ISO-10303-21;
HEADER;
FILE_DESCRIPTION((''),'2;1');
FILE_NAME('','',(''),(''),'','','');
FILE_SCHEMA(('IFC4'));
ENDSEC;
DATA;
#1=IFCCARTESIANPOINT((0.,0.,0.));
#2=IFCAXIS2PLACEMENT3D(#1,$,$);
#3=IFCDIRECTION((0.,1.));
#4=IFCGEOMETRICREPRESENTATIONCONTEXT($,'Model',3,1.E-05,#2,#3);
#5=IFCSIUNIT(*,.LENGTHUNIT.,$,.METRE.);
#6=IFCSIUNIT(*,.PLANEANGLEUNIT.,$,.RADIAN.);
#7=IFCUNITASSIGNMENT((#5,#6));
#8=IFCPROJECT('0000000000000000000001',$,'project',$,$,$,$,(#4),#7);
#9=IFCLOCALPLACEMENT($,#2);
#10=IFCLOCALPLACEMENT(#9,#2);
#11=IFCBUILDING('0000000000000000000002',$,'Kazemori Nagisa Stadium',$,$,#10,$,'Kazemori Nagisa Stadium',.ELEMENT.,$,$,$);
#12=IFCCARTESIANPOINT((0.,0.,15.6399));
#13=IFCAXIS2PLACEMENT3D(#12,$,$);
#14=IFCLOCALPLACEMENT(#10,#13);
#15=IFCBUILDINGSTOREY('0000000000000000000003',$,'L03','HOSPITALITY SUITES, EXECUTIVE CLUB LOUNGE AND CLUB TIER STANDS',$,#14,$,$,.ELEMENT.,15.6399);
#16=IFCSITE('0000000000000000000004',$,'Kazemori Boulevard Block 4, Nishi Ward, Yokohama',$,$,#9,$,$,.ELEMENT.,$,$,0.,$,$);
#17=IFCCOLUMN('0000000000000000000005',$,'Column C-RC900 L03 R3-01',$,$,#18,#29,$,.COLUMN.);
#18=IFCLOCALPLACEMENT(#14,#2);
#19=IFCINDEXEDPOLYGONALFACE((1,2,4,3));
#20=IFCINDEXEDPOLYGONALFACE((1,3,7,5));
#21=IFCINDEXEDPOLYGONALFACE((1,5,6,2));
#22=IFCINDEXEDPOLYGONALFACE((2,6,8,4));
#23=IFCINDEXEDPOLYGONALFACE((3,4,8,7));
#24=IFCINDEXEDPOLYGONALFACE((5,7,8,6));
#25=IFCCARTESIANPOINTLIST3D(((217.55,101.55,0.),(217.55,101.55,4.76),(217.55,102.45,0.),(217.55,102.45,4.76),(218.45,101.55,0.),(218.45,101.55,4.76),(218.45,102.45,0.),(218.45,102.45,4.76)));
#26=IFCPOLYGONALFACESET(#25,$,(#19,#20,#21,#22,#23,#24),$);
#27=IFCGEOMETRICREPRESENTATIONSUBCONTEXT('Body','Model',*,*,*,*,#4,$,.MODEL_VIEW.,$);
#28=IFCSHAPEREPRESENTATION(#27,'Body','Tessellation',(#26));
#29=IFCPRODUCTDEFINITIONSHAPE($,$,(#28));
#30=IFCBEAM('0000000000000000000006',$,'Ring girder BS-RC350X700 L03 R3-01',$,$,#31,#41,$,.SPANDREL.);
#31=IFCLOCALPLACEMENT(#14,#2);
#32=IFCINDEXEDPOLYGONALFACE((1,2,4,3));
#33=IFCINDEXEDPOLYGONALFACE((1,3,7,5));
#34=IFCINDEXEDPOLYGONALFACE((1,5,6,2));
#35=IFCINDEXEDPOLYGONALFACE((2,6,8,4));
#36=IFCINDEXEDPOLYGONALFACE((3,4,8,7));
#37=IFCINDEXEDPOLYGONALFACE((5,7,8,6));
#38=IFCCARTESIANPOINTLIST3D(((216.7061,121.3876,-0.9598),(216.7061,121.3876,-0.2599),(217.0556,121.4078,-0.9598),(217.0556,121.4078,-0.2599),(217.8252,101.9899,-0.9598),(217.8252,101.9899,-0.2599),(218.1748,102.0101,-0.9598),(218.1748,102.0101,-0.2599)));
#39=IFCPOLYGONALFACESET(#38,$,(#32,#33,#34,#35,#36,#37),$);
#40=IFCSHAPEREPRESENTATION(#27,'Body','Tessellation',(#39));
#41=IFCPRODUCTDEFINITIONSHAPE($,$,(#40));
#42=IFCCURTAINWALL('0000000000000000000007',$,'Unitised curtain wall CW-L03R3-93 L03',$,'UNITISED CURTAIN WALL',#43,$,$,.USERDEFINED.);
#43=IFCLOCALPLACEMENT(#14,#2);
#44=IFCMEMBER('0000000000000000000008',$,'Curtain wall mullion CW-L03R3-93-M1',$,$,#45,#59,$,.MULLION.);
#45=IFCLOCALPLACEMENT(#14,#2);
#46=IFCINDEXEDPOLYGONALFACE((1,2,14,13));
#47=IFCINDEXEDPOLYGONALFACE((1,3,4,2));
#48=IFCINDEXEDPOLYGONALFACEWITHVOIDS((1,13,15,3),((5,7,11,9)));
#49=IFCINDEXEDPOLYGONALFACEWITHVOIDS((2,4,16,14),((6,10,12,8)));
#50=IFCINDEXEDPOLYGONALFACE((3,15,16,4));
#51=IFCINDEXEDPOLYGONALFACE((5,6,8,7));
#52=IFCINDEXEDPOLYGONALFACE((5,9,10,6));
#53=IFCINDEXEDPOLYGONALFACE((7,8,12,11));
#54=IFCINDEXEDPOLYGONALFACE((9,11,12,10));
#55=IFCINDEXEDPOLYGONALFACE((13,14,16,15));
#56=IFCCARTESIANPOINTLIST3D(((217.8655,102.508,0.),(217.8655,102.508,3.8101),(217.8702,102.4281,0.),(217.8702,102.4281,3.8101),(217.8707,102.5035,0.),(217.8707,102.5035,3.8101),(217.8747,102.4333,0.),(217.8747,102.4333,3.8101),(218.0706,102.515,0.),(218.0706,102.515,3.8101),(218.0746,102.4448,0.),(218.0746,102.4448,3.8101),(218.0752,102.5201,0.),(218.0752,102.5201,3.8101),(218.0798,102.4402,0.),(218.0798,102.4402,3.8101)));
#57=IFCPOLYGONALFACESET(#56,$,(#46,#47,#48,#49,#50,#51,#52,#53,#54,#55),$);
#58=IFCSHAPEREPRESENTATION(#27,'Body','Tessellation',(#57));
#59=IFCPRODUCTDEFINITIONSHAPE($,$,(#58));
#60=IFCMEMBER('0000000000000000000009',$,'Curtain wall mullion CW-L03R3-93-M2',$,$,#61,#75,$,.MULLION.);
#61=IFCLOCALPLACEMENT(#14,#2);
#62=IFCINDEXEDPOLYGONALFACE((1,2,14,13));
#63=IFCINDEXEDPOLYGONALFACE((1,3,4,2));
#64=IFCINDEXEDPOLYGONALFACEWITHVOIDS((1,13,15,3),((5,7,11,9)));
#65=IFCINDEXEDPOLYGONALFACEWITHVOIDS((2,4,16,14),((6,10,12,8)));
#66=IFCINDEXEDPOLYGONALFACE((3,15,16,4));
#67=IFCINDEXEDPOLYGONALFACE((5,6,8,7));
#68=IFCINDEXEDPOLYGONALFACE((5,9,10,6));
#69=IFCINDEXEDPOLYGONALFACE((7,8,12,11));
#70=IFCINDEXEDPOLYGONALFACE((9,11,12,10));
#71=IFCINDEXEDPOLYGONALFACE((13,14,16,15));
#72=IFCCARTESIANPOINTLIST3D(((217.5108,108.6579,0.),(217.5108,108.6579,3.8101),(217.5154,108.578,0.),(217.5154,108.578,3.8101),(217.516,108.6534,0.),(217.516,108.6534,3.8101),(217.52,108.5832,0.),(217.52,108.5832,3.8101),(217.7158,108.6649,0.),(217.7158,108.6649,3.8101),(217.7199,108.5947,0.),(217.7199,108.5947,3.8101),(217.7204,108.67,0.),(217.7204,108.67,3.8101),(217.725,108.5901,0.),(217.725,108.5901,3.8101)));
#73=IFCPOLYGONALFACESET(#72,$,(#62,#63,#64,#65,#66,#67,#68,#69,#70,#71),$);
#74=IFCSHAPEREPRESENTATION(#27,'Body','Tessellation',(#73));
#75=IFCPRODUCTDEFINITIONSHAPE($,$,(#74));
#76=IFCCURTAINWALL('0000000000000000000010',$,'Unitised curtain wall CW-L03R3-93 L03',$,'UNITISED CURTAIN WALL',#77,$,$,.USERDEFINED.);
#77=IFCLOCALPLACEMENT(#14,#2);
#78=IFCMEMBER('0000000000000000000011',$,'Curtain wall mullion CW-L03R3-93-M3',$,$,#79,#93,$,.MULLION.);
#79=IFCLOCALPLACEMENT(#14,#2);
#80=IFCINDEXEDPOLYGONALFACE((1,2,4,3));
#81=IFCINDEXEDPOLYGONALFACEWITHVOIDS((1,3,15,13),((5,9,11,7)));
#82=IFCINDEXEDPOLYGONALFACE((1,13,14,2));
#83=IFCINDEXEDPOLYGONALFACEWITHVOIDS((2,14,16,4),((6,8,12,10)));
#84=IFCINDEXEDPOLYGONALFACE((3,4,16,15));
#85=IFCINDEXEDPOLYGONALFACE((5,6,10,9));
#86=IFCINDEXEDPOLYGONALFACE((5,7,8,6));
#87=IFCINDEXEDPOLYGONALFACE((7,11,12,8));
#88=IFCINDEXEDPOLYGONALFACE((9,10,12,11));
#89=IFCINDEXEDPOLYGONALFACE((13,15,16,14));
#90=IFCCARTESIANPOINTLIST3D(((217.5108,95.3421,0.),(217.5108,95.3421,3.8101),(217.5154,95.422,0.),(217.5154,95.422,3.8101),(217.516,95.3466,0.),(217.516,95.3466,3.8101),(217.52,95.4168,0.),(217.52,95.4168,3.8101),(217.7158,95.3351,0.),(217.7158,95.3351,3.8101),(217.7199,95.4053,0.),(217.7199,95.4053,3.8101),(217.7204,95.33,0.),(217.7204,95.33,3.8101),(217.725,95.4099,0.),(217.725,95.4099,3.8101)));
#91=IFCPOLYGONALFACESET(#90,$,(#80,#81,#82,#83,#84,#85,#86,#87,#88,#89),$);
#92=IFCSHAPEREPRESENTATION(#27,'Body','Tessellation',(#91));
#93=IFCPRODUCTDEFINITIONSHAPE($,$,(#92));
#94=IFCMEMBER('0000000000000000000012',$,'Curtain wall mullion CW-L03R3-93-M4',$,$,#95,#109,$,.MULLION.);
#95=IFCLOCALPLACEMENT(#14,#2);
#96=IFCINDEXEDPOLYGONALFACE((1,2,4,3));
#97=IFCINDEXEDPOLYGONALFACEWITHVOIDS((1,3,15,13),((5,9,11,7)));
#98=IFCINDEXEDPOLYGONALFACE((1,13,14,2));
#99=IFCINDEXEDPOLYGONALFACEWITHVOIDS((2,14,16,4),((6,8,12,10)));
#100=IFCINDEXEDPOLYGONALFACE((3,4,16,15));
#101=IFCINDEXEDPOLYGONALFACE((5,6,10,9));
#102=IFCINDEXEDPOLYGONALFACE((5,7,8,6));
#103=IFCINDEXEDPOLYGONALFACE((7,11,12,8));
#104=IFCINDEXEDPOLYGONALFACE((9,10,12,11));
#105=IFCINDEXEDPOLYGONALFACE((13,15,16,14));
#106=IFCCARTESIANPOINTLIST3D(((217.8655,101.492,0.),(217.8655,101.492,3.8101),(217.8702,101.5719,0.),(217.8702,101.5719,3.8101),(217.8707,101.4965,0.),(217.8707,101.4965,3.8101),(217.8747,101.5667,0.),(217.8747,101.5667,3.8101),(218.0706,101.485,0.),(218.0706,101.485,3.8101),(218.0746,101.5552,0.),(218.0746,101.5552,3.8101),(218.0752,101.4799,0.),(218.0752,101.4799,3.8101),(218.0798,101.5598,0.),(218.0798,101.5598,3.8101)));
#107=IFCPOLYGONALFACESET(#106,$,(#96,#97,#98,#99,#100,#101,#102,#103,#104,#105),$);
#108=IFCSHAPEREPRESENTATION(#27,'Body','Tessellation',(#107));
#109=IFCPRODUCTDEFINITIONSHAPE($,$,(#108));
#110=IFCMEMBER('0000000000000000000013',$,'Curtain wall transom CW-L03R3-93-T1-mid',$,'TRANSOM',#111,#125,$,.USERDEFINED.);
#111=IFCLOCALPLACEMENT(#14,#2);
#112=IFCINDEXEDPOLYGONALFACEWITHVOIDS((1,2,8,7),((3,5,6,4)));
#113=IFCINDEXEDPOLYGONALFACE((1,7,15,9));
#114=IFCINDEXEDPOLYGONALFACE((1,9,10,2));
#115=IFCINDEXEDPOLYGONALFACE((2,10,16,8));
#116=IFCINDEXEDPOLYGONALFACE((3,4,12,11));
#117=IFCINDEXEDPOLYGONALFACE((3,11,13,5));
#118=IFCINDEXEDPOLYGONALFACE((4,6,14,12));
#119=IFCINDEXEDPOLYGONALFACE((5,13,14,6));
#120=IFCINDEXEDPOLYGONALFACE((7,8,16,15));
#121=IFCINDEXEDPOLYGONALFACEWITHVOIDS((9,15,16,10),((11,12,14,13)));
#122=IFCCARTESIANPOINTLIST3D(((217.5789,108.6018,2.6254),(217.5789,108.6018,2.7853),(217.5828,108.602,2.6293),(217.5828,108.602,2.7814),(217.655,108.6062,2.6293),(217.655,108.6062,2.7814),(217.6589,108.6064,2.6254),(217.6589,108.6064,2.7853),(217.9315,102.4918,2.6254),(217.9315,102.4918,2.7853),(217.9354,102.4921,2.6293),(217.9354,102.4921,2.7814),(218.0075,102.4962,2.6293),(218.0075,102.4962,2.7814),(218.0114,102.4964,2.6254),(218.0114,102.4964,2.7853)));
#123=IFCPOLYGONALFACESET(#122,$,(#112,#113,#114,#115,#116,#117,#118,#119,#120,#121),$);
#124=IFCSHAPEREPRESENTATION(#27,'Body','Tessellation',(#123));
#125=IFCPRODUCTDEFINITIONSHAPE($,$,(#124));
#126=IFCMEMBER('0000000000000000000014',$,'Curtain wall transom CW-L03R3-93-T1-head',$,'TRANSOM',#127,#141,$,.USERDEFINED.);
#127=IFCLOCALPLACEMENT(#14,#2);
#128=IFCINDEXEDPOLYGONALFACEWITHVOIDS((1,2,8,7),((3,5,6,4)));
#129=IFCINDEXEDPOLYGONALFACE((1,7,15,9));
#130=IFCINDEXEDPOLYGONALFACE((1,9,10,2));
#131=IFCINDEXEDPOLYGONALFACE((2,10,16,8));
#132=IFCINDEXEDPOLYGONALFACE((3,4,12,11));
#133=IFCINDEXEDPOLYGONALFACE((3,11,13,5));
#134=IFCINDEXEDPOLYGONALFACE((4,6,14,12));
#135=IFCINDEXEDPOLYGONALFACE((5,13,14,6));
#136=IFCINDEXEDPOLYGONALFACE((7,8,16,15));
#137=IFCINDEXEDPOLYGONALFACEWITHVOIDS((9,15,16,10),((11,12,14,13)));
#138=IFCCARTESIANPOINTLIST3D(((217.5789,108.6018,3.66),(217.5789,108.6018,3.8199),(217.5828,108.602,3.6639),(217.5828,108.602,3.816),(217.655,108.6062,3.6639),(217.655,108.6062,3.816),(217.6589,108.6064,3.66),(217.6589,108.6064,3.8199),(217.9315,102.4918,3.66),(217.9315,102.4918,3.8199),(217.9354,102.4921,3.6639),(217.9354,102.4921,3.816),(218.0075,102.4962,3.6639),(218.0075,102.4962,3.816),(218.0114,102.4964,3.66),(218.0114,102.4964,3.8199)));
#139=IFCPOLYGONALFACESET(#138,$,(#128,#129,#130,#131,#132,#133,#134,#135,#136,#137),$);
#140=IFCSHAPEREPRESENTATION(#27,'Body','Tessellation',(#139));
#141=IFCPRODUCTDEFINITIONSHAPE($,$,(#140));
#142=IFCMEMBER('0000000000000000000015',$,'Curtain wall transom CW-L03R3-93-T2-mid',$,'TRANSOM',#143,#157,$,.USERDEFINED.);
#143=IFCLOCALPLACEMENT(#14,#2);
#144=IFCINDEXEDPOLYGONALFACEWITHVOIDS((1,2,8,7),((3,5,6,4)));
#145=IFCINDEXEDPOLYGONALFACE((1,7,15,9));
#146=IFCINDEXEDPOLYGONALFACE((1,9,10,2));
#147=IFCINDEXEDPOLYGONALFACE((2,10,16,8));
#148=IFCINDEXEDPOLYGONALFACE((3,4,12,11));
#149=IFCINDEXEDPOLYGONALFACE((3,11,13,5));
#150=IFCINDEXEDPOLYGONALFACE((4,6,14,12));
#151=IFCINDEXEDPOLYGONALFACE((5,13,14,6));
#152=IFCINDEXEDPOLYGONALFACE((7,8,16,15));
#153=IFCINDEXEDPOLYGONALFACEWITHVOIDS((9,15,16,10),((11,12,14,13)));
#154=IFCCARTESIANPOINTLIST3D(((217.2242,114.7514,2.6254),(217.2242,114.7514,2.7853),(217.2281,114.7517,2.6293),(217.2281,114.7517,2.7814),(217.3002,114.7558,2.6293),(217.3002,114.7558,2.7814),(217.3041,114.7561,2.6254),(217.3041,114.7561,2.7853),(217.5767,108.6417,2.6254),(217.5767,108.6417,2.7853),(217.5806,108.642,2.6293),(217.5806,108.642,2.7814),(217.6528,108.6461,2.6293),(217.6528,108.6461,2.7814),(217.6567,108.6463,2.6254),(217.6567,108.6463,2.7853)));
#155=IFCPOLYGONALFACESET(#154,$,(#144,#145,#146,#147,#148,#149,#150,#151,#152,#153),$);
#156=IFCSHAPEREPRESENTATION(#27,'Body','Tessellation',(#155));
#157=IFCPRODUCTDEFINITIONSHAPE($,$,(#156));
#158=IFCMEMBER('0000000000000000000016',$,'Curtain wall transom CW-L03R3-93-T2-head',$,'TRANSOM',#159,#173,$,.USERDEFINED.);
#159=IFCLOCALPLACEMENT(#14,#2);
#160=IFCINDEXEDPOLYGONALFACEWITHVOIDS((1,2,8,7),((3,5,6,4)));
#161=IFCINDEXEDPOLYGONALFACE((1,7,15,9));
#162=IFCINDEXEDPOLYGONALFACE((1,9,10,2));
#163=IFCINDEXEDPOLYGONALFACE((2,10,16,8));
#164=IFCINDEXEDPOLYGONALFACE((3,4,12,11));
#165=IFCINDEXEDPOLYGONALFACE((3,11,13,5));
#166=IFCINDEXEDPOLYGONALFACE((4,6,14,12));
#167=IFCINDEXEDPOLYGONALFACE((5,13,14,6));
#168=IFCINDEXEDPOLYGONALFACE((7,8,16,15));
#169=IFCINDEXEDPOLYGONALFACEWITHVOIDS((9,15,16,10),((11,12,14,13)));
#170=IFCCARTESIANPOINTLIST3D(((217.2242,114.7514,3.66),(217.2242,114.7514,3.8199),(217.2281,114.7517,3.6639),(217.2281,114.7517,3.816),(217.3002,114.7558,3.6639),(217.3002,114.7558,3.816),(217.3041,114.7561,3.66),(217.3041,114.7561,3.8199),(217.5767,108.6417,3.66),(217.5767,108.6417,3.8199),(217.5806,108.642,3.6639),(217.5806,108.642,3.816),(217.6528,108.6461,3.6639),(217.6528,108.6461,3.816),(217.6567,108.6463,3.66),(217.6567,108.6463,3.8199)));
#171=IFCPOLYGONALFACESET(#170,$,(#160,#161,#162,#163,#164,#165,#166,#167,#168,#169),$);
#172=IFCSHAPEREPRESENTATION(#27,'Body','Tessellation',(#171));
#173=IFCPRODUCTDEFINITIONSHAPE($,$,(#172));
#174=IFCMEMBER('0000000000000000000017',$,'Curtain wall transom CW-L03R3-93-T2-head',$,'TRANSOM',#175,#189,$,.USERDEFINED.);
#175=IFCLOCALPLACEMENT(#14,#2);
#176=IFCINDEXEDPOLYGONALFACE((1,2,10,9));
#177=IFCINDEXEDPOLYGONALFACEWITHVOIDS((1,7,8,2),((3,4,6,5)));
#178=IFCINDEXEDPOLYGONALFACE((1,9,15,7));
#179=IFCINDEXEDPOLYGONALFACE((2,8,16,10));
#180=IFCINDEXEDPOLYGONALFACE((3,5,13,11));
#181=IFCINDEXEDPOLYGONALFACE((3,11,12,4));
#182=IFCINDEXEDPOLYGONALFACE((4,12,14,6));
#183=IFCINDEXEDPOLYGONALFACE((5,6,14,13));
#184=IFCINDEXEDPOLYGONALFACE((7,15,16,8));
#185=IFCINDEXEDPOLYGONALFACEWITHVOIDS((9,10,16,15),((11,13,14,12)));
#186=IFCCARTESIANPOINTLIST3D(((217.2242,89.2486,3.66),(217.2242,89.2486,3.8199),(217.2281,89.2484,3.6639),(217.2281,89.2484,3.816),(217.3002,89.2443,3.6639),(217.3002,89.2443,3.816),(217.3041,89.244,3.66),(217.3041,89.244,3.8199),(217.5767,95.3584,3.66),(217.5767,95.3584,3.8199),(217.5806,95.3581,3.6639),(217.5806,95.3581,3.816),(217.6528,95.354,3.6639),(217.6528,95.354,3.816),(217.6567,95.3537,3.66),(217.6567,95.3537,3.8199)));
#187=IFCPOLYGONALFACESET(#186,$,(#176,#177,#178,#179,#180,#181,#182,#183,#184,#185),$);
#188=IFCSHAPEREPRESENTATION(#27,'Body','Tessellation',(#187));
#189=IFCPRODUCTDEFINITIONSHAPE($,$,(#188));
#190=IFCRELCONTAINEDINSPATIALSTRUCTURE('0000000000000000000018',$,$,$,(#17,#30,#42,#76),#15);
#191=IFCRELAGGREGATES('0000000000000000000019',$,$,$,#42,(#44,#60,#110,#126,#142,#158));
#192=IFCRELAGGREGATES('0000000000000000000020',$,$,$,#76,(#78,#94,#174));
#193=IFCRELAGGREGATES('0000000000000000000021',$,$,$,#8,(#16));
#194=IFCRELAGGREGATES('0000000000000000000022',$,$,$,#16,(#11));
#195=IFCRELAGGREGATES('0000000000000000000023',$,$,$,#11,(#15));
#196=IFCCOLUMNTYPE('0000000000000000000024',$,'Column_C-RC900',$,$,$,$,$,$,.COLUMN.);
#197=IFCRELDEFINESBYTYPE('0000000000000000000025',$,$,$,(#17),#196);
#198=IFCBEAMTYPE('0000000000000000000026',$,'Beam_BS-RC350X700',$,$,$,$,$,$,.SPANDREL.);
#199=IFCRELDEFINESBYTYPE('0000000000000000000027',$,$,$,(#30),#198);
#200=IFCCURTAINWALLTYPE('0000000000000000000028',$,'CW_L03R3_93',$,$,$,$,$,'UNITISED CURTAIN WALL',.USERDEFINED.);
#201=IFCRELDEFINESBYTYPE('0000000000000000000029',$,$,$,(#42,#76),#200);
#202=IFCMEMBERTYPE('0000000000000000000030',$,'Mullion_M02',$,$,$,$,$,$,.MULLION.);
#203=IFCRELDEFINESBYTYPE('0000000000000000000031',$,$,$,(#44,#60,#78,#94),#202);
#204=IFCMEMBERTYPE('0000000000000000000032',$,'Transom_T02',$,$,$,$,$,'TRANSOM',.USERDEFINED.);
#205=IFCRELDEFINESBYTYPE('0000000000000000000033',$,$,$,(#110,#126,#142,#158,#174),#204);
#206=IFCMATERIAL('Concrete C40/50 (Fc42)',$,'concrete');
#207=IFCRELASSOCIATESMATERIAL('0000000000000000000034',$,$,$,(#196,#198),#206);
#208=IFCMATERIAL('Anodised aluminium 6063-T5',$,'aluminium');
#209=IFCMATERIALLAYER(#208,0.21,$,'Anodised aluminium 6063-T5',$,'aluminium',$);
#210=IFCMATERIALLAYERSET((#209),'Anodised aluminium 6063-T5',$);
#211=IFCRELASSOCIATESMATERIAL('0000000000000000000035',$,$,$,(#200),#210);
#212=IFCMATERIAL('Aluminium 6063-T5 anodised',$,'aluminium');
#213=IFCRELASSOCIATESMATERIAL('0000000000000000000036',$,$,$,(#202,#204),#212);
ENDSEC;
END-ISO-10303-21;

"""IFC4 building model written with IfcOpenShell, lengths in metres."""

from ifc_helpers import new_model, si_unit, direction, frame, origin, origin_2d, place, context, subcontext, project, spatial, rectangle, hollow_rectangle, extrude, material, layer, layer_set, material_profile, profile_set, type_object, element, aggregate, save


model = new_model("IFC4")

# Units and contexts
model_context = context("Model", 3, precision=1e-05, world=origin(), true_north=direction((0.0, 1.0)))
body_context = subcontext(model_context, "Body", "Model", "MODEL_VIEW")
ifc_project = project(units=[si_unit("LENGTHUNIT", "METRE"), si_unit("PLANEANGLEUNIT", "RADIAN")], contexts=[model_context])

# Site, building, storey
site_placement = place(None, origin())
site = spatial("IfcSite", under=ifc_project, at=site_placement, Name="Kazemori Boulevard Block 4, Nishi Ward, Yokohama", CompositionType="ELEMENT", RefElevation=0.0)
building_placement = place(site_placement, origin())
building = spatial("IfcBuilding", under=site, at=building_placement, Name="Kazemori Nagisa Stadium", LongName="Kazemori Nagisa Stadium", CompositionType="ELEMENT")
storey_placement = place(building_placement, frame((0.0, 0.0, 15.6399)))
storey = spatial("IfcBuildingStorey", under=building, at=storey_placement, Name="L03", Description="HOSPITALITY SUITES, EXECUTIVE CLUB LOUNGE AND CLUB TIER STANDS", CompositionType="ELEMENT", Elevation=15.6399)

# Column
ifc_material_1 = material(Name="Concrete C40/50 (Fc42)", Category="concrete")
ifc_material_profile_1 = material_profile(ifc_material_1, rectangle(XDim=0.8999, YDim=0.8999, at=origin_2d()), Name="RC-COL-900x900")
ifc_profile_set_1 = profile_set([ifc_material_profile_1], Name="Concrete C40/50 (Fc42)")
column_type = type_object("IfcColumnType", Name="Column_C-RC900", PredefinedType="COLUMN", material=ifc_profile_set_1)
column_placement = place(storey_placement, frame((218.0, 102.0, 0.0), z_axis=(0.0, 0.0, 1.0), x_axis=(1.0, 0.0, 0.0)))
element("IfcColumn", 1, at=column_placement, inside=storey, type_object=column_type, Name="Column C-RC900 L03 R3-01", PredefinedType="COLUMN", context=body_context, shape_type="SweptSolid", body=[
    extrude(rectangle(XDim=0.8999, YDim=0.8999, at=origin_2d()), origin(), (0.0, 0.0, 1.0), 4.76),
])

# Beam
ifc_material_profile_2 = material_profile(ifc_material_1, rectangle(XDim=0.3501, YDim=0.7, at=origin_2d()), Name="RC-SP-350x700")
ifc_profile_set_2 = profile_set([ifc_material_profile_2], Name="Concrete C40/50 (Fc42)")
beam_type = type_object("IfcBeamType", Name="Beam_BS-RC350X700", PredefinedType="SPANDREL", material=ifc_profile_set_2)
beam_placement = place(storey_placement, frame((218.0, 102.0, -0.6099), z_axis=(-0.057599, 0.99834, 0.0), x_axis=(-0.99834, -0.057599, 0.0)))
element("IfcBeam", 2, at=beam_placement, inside=storey, type_object=beam_type, Name="Ring girder BS-RC350X700 L03 R3-01", PredefinedType="SPANDREL", context=body_context, shape_type="SweptSolid", body=[
    extrude(rectangle(XDim=0.3501, YDim=0.7, at=origin_2d()), origin(), (0.0, 0.0, 1.0), 19.4299),
])

# Curtain walls, members
ifc_material_2 = material(Name="Anodised aluminium 6063-T5", Category="aluminium")
ifc_layer_1 = layer(ifc_material_2, 0.21, Name="Anodised aluminium 6063-T5", Category="aluminium")
ifc_layer_set_1 = layer_set([ifc_layer_1], Name="Anodised aluminium 6063-T5")
curtain_wall_type = type_object("IfcCurtainWallType", Name="CW_L03R3_93", ElementType="UNITISED CURTAIN WALL", PredefinedType="USERDEFINED", material=ifc_layer_set_1)
curtain_wall_1_placement = place(storey_placement, origin())
curtain_wall_1 = element("IfcCurtainWall", 3, at=curtain_wall_1_placement, inside=storey, type_object=curtain_wall_type, Name="Unitised curtain wall CW-L03R3-93 L03", ObjectType="UNITISED CURTAIN WALL", PredefinedType="USERDEFINED")
ifc_material_3 = material(Name="Aluminium 6063-T5 anodised", Category="aluminium")
ifc_material_profile_3 = material_profile(ifc_material_3, hollow_rectangle(XDim=0.0801, YDim=0.21, WallThickness=0.0049, at=origin_2d()), Name="ALU-MULL-80x210x5")
ifc_profile_set_3 = profile_set([ifc_material_profile_3], Name="Aluminium 6063-T5 anodised")
member_type_1 = type_object("IfcMemberType", Name="Mullion_M02", PredefinedType="MULLION", material=ifc_profile_set_3)
member_1_placement = place(storey_placement, frame((217.9727, 102.4741, 0.0), z_axis=(0.0, 0.0, 1.0), x_axis=(-0.057602, 0.99834, 0.0)))
member_1 = element("IfcMember", 4, at=member_1_placement, type_object=member_type_1, Name="Curtain wall mullion CW-L03R3-93-M1", PredefinedType="MULLION", context=body_context, shape_type="SweptSolid", body=[
    extrude(hollow_rectangle(XDim=0.0801, YDim=0.21, WallThickness=0.0049, at=origin_2d()), origin(), (0.0, 0.0, 1.0), 3.8101),
])
member_2_placement = place(storey_placement, frame((217.6179, 108.624, 0.0), z_axis=(0.0, 0.0, 1.0), x_axis=(-0.057602, 0.99834, 0.0)))
member_2 = element("IfcMember", 5, at=member_2_placement, type_object=member_type_1, Name="Curtain wall mullion CW-L03R3-93-M2", PredefinedType="MULLION", context=body_context, shape_type="SweptSolid", body=[
    extrude(hollow_rectangle(XDim=0.0801, YDim=0.21, WallThickness=0.0049, at=origin_2d()), origin(), (0.0, 0.0, 1.0), 3.8101),
])
curtain_wall_2_placement = place(storey_placement, origin())
curtain_wall_2 = element("IfcCurtainWall", 6, at=curtain_wall_2_placement, inside=storey, type_object=curtain_wall_type, Name="Unitised curtain wall CW-L03R3-93 L03", ObjectType="UNITISED CURTAIN WALL", PredefinedType="USERDEFINED")
member_3_placement = place(storey_placement, frame((217.6179, 95.376, 0.0), z_axis=(0.0, 0.0, 1.0), x_axis=(0.057602, 0.99834, 0.0)))
member_3 = element("IfcMember", 7, at=member_3_placement, type_object=member_type_1, Name="Curtain wall mullion CW-L03R3-93-M3", PredefinedType="MULLION", context=body_context, shape_type="SweptSolid", body=[
    extrude(hollow_rectangle(XDim=0.0801, YDim=0.21, WallThickness=0.0049, at=origin_2d()), origin(), (0.0, 0.0, 1.0), 3.8101),
])
member_4_placement = place(storey_placement, frame((217.9727, 101.5259, 0.0), z_axis=(0.0, 0.0, 1.0), x_axis=(0.057602, 0.99834, 0.0)))
member_4 = element("IfcMember", 8, at=member_4_placement, type_object=member_type_1, Name="Curtain wall mullion CW-L03R3-93-M4", PredefinedType="MULLION", context=body_context, shape_type="SweptSolid", body=[
    extrude(hollow_rectangle(XDim=0.0801, YDim=0.21, WallThickness=0.0049, at=origin_2d()), origin(), (0.0, 0.0, 1.0), 3.8101),
])

# Members
ifc_material_profile_4 = material_profile(ifc_material_3, hollow_rectangle(XDim=0.0801, YDim=0.1599, WallThickness=0.0039, at=origin_2d()), Name="ALU-TRAN-80x160x4")
ifc_profile_set_4 = profile_set([ifc_material_profile_4], Name="Aluminium 6063-T5 anodised")
member_type_2 = type_object("IfcMemberType", Name="Transom_T02", ElementType="TRANSOM", PredefinedType="USERDEFINED", material=ifc_profile_set_4)
member_5_placement = place(storey_placement, frame((217.9714, 102.4941, 2.7053), z_axis=(-0.057604, 0.99834, 0.0), x_axis=(-0.99834, -0.057604, 0.0)))
member_5 = element("IfcMember", 9, at=member_5_placement, type_object=member_type_2, Name="Curtain wall transom CW-L03R3-93-T1-mid", ObjectType="TRANSOM", PredefinedType="USERDEFINED", context=body_context, shape_type="SweptSolid", body=[
    extrude(hollow_rectangle(XDim=0.0801, YDim=0.1599, WallThickness=0.0039, at=origin_2d()), origin(), (0.0, 0.0, 1.0), 6.1201),
])
member_6_placement = place(storey_placement, frame((217.9714, 102.4941, 3.74), z_axis=(-0.057604, 0.99834, 0.0), x_axis=(-0.99834, -0.057604, 0.0)))
member_6 = element("IfcMember", 10, at=member_6_placement, type_object=member_type_2, Name="Curtain wall transom CW-L03R3-93-T1-head", ObjectType="TRANSOM", PredefinedType="USERDEFINED", context=body_context, shape_type="SweptSolid", body=[
    extrude(hollow_rectangle(XDim=0.0801, YDim=0.1599, WallThickness=0.0039, at=origin_2d()), origin(), (0.0, 0.0, 1.0), 6.1201),
])
member_7_placement = place(storey_placement, frame((217.6167, 108.644, 2.7053), z_axis=(-0.057606, 0.998339, 0.0), x_axis=(-0.998339, -0.057606, 0.0)))
member_7 = element("IfcMember", 11, at=member_7_placement, type_object=member_type_2, Name="Curtain wall transom CW-L03R3-93-T2-mid", ObjectType="TRANSOM", PredefinedType="USERDEFINED", context=body_context, shape_type="SweptSolid", body=[
    extrude(hollow_rectangle(XDim=0.0801, YDim=0.1599, WallThickness=0.0039, at=origin_2d()), origin(), (0.0, 0.0, 1.0), 6.1199),
])
member_8_placement = place(storey_placement, frame((217.6167, 108.644, 3.74), z_axis=(-0.057606, 0.998339, 0.0), x_axis=(-0.998339, -0.057606, 0.0)))
member_8 = element("IfcMember", 12, at=member_8_placement, type_object=member_type_2, Name="Curtain wall transom CW-L03R3-93-T2-head", ObjectType="TRANSOM", PredefinedType="USERDEFINED", context=body_context, shape_type="SweptSolid", body=[
    extrude(hollow_rectangle(XDim=0.0801, YDim=0.1599, WallThickness=0.0039, at=origin_2d()), origin(), (0.0, 0.0, 1.0), 6.1199),
])
member_9_placement = place(storey_placement, frame((217.2642, 89.2463, 3.74), z_axis=(0.057606, 0.998339, 0.0), x_axis=(-0.998339, 0.057606, 0.0)))
member_9 = element("IfcMember", 13, at=member_9_placement, type_object=member_type_2, Name="Curtain wall transom CW-L03R3-93-T2-head", ObjectType="TRANSOM", PredefinedType="USERDEFINED", context=body_context, shape_type="SweptSolid", body=[
    extrude(hollow_rectangle(XDim=0.0801, YDim=0.1599, WallThickness=0.0039, at=origin_2d()), origin(), (0.0, 0.0, 1.0), 6.1199),
])

aggregate(curtain_wall_1, [member_1, member_2, member_5, member_6, member_7, member_8])
aggregate(curtain_wall_2, [member_3, member_4, member_9])

save(model, "model.ifc")
